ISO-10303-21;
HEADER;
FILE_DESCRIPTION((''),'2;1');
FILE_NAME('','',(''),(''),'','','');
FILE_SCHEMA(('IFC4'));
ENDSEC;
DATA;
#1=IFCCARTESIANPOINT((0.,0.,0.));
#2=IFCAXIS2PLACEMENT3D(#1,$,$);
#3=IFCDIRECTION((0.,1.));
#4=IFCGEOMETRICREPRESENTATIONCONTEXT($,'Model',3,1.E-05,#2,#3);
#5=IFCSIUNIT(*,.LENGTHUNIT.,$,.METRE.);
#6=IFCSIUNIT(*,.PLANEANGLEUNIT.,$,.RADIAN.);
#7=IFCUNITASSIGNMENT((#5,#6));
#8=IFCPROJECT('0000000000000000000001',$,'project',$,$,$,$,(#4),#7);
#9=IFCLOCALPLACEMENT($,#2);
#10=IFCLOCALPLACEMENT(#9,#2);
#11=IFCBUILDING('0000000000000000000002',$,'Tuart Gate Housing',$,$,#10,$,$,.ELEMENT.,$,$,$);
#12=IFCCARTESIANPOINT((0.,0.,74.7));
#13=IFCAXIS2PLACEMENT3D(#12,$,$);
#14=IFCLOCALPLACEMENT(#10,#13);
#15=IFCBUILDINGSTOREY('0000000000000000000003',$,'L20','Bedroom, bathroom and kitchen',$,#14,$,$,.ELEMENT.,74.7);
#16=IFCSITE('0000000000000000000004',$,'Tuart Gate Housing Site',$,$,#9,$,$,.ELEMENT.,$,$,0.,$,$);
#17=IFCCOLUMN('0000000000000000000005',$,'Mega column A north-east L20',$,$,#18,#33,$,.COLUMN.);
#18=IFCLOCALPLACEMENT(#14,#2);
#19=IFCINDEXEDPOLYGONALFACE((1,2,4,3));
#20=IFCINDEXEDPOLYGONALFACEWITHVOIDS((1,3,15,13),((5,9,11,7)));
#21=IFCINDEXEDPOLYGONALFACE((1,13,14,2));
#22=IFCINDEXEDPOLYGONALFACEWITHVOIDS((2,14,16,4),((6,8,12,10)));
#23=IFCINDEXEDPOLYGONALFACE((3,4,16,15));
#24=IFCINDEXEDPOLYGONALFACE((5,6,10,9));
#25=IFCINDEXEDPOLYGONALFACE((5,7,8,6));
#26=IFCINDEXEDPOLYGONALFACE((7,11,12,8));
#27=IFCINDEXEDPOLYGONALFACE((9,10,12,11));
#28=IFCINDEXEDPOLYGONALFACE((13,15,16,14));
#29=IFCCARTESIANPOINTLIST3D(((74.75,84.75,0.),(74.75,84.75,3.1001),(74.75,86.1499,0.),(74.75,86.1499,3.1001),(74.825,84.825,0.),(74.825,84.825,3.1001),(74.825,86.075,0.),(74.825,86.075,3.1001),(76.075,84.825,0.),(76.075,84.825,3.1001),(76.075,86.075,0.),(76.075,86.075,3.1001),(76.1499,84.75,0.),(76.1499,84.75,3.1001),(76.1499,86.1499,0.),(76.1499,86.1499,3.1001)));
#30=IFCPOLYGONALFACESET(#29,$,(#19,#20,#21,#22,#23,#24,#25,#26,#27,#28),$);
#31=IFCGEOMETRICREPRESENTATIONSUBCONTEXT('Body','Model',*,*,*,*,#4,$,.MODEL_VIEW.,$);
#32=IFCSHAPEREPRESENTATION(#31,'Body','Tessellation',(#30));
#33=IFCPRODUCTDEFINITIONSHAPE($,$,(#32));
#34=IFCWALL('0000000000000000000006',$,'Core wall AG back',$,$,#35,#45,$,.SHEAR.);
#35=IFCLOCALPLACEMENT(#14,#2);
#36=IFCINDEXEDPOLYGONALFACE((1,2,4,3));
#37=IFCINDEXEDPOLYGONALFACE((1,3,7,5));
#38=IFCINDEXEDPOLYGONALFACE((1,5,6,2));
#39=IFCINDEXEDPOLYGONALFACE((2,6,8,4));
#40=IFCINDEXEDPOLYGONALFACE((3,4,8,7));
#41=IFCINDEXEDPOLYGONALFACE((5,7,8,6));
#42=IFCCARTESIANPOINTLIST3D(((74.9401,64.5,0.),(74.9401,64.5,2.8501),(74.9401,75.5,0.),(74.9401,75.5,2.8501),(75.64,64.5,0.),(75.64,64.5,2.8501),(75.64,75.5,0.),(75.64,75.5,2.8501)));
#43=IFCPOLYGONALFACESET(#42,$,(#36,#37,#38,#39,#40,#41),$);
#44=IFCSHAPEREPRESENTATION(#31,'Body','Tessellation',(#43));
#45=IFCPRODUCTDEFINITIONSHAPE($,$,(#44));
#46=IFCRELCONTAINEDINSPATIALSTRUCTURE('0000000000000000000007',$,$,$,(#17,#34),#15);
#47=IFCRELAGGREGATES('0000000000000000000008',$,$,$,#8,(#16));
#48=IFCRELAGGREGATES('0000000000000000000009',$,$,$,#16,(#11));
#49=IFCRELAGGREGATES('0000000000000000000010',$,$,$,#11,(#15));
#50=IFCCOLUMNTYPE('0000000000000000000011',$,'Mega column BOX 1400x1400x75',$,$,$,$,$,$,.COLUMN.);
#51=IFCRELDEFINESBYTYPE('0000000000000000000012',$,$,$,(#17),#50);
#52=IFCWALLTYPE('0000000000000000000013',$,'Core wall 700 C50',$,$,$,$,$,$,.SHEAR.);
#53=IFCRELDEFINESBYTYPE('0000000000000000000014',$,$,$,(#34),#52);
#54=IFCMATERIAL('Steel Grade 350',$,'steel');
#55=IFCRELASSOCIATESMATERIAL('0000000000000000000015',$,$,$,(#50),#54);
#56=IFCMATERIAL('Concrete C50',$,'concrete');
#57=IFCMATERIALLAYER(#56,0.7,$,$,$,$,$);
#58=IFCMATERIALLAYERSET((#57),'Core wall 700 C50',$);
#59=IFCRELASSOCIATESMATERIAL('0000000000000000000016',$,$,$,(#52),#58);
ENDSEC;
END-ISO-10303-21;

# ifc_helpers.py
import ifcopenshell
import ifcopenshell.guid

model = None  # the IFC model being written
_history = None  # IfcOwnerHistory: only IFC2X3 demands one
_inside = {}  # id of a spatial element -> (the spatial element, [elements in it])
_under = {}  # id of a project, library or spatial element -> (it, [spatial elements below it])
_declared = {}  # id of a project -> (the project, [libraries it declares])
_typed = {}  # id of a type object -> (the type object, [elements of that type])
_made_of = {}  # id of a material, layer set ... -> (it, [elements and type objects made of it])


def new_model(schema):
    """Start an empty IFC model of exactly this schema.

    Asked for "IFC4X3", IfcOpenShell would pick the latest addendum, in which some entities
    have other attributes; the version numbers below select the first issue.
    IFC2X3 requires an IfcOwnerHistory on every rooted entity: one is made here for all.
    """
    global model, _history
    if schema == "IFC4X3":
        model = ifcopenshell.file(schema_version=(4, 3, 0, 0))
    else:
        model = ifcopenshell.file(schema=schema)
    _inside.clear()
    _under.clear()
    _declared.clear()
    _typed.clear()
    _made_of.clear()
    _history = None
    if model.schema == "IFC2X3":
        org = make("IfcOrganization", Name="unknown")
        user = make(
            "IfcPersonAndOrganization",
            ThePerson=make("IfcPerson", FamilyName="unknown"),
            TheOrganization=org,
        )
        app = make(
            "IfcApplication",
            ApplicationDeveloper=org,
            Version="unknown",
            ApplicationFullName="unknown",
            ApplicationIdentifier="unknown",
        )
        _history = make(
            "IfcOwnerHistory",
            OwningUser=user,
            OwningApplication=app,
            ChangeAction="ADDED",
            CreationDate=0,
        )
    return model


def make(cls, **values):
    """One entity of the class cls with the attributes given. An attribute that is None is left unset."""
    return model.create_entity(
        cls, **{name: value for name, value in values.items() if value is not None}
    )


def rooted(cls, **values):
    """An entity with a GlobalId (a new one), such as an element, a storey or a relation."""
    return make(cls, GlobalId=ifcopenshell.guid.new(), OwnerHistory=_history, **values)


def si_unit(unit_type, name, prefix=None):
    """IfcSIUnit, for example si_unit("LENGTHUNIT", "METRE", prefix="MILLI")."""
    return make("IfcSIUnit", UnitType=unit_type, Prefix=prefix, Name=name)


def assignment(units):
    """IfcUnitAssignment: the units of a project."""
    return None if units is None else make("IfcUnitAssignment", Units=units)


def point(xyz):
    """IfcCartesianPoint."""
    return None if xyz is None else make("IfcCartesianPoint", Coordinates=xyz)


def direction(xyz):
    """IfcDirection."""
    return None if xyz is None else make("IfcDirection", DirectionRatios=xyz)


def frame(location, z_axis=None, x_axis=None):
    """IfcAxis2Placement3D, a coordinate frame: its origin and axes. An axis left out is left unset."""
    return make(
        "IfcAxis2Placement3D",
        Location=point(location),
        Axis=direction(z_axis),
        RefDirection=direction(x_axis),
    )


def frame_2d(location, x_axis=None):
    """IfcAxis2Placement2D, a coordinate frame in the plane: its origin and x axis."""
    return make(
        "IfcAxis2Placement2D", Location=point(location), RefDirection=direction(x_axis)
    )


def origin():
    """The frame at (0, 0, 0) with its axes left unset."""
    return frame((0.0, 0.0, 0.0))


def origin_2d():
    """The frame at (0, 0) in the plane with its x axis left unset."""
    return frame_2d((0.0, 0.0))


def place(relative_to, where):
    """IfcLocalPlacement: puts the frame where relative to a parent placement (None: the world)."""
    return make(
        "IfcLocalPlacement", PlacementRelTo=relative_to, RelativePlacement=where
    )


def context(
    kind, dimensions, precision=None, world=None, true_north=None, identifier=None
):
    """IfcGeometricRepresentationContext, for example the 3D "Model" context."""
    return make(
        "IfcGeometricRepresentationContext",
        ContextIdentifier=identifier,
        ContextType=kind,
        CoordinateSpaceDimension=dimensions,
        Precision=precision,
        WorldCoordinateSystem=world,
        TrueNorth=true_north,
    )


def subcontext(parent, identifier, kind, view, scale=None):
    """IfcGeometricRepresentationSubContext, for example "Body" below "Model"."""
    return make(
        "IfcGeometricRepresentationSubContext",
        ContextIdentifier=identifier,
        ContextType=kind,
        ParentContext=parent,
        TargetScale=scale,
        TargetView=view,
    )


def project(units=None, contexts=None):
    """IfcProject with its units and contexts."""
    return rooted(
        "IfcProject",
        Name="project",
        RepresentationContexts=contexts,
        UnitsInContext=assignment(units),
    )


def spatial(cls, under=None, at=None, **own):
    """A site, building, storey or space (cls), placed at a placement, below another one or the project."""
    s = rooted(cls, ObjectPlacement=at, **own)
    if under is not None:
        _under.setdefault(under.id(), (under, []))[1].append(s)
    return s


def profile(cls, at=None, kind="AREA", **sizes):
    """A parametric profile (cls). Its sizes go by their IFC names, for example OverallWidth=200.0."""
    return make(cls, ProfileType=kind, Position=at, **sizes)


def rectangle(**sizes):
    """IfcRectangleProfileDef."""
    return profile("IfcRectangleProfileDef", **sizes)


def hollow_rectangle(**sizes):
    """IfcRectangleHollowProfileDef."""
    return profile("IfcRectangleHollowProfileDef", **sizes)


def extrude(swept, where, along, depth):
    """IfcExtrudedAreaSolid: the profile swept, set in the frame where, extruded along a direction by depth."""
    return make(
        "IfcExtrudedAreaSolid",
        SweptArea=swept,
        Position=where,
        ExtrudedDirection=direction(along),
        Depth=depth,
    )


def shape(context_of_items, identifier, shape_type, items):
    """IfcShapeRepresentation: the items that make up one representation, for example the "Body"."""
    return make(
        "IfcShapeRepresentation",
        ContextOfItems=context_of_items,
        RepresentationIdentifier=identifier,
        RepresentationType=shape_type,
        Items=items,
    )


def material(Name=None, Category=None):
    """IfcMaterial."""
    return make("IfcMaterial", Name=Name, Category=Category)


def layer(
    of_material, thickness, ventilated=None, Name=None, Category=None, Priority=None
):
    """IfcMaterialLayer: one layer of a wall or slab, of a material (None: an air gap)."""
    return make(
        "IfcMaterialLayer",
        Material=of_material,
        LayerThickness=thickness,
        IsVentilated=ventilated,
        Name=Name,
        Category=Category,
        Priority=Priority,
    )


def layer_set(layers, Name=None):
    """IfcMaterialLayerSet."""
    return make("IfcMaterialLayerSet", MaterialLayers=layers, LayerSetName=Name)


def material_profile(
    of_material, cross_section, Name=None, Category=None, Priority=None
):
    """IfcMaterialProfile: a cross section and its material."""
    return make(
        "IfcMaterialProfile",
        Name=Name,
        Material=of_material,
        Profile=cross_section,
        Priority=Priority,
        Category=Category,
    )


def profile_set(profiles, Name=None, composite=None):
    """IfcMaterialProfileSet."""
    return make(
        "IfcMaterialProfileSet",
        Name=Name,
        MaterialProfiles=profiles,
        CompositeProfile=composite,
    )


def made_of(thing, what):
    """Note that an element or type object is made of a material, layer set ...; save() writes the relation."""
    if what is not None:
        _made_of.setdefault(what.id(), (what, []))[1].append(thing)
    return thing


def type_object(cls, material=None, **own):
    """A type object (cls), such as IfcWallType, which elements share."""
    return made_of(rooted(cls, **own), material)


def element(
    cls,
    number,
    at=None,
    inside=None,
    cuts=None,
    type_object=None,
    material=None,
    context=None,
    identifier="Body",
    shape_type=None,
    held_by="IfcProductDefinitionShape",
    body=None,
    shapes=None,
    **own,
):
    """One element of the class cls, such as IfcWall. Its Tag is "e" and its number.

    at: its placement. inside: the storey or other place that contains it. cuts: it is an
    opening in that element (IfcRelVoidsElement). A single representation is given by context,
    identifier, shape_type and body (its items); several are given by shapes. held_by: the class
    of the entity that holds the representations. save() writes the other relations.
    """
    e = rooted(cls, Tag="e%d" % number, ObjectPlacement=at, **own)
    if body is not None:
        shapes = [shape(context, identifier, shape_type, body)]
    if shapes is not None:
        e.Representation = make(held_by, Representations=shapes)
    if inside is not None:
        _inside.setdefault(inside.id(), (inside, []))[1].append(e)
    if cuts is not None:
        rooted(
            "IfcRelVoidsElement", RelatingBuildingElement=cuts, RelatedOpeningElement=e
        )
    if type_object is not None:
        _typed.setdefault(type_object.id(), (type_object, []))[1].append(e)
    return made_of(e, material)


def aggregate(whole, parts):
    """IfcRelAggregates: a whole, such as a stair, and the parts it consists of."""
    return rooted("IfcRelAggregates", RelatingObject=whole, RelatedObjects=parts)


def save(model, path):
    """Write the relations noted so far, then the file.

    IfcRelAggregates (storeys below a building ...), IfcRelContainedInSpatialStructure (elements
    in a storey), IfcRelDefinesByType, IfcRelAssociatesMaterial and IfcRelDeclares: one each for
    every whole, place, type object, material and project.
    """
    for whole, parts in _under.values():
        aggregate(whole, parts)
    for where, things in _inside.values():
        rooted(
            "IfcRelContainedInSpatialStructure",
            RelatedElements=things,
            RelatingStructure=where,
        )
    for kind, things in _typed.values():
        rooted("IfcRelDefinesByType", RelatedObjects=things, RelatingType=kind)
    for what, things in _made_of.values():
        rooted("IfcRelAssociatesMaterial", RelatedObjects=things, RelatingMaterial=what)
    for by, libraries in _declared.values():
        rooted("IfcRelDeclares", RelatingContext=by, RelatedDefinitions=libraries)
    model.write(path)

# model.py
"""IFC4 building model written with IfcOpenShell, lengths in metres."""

from ifc_helpers import new_model, si_unit, direction, frame, frame_2d, origin, origin_2d, place, context, subcontext, project, spatial, rectangle, hollow_rectangle, extrude, material, layer, layer_set, material_profile, profile_set, type_object, element, save


model = new_model("IFC4")

# Units and contexts
model_context = context("Model", 3, precision=1e-05, world=origin(), true_north=direction((0.0, 1.0)))
body_context = subcontext(model_context, "Body", "Model", "MODEL_VIEW")
ifc_project = project(units=[si_unit("LENGTHUNIT", "METRE"), si_unit("PLANEANGLEUNIT", "RADIAN")], contexts=[model_context])

# Site, building, storey
site_placement = place(None, origin())
site = spatial("IfcSite", under=ifc_project, at=site_placement, Name="Tuart Gate Housing Site", CompositionType="ELEMENT", RefElevation=0.0)
building_placement = place(site_placement, origin())
building = spatial("IfcBuilding", under=site, at=building_placement, Name="Tuart Gate Housing", CompositionType="ELEMENT")
storey_placement = place(building_placement, frame((0.0, 0.0, 74.7)))
storey = spatial("IfcBuildingStorey", under=building, at=storey_placement, Name="L20", Description="Bedroom, bathroom and kitchen", CompositionType="ELEMENT", Elevation=74.7)

# Column
ifc_material_1 = material(Name="Steel Grade 350", Category="steel")
ifc_material_profile = material_profile(ifc_material_1, hollow_rectangle(XDim=1.3999, YDim=1.3999, WallThickness=0.075, at=origin_2d()), Name="BOX 1400x1400x75")
ifc_profile_set = profile_set([ifc_material_profile], Name="Steel Grade 350")
column_type = type_object("IfcColumnType", Name="Mega column BOX 1400x1400x75", PredefinedType="COLUMN", material=ifc_profile_set)
column_placement = place(storey_placement, frame((75.45, 85.45, 0.0), z_axis=(0.0, 0.0, 1.0), x_axis=(1.0, 0.0, 0.0)))
element("IfcColumn", 1, at=column_placement, inside=storey, type_object=column_type, Name="Mega column A north-east L20", PredefinedType="COLUMN", context=body_context, shape_type="SweptSolid", body=[
    extrude(hollow_rectangle(XDim=1.3999, YDim=1.3999, WallThickness=0.075, at=origin_2d()), origin(), (0.0, 0.0, 1.0), 3.1001),
])

# Wall
ifc_material_2 = material(Name="Concrete C50", Category="concrete")
ifc_layer_1 = layer(ifc_material_2, 0.7)
ifc_layer_set_1 = layer_set([ifc_layer_1], Name="Core wall 700 C50")
wall_type_1 = type_object("IfcWallType", Name="Core wall 700 C50", PredefinedType="SHEAR", material=ifc_layer_set_1)
wall_1_placement = place(storey_placement, frame((75.29, 64.5, 0.0), z_axis=(0.0, 0.0, 1.0), x_axis=(0.0, 1.0, 0.0)))
element("IfcWall", 2, at=wall_1_placement, inside=storey, type_object=wall_type_1, Name="Core wall AG back", PredefinedType="SHEAR", context=body_context, shape_type="SweptSolid", body=[
    extrude(rectangle(XDim=11.0, YDim=0.7, at=frame_2d((5.5, 0.0))), origin(), (0.0, 0.0, 1.0), 2.8501),
])

save(model, "model.ifc")
